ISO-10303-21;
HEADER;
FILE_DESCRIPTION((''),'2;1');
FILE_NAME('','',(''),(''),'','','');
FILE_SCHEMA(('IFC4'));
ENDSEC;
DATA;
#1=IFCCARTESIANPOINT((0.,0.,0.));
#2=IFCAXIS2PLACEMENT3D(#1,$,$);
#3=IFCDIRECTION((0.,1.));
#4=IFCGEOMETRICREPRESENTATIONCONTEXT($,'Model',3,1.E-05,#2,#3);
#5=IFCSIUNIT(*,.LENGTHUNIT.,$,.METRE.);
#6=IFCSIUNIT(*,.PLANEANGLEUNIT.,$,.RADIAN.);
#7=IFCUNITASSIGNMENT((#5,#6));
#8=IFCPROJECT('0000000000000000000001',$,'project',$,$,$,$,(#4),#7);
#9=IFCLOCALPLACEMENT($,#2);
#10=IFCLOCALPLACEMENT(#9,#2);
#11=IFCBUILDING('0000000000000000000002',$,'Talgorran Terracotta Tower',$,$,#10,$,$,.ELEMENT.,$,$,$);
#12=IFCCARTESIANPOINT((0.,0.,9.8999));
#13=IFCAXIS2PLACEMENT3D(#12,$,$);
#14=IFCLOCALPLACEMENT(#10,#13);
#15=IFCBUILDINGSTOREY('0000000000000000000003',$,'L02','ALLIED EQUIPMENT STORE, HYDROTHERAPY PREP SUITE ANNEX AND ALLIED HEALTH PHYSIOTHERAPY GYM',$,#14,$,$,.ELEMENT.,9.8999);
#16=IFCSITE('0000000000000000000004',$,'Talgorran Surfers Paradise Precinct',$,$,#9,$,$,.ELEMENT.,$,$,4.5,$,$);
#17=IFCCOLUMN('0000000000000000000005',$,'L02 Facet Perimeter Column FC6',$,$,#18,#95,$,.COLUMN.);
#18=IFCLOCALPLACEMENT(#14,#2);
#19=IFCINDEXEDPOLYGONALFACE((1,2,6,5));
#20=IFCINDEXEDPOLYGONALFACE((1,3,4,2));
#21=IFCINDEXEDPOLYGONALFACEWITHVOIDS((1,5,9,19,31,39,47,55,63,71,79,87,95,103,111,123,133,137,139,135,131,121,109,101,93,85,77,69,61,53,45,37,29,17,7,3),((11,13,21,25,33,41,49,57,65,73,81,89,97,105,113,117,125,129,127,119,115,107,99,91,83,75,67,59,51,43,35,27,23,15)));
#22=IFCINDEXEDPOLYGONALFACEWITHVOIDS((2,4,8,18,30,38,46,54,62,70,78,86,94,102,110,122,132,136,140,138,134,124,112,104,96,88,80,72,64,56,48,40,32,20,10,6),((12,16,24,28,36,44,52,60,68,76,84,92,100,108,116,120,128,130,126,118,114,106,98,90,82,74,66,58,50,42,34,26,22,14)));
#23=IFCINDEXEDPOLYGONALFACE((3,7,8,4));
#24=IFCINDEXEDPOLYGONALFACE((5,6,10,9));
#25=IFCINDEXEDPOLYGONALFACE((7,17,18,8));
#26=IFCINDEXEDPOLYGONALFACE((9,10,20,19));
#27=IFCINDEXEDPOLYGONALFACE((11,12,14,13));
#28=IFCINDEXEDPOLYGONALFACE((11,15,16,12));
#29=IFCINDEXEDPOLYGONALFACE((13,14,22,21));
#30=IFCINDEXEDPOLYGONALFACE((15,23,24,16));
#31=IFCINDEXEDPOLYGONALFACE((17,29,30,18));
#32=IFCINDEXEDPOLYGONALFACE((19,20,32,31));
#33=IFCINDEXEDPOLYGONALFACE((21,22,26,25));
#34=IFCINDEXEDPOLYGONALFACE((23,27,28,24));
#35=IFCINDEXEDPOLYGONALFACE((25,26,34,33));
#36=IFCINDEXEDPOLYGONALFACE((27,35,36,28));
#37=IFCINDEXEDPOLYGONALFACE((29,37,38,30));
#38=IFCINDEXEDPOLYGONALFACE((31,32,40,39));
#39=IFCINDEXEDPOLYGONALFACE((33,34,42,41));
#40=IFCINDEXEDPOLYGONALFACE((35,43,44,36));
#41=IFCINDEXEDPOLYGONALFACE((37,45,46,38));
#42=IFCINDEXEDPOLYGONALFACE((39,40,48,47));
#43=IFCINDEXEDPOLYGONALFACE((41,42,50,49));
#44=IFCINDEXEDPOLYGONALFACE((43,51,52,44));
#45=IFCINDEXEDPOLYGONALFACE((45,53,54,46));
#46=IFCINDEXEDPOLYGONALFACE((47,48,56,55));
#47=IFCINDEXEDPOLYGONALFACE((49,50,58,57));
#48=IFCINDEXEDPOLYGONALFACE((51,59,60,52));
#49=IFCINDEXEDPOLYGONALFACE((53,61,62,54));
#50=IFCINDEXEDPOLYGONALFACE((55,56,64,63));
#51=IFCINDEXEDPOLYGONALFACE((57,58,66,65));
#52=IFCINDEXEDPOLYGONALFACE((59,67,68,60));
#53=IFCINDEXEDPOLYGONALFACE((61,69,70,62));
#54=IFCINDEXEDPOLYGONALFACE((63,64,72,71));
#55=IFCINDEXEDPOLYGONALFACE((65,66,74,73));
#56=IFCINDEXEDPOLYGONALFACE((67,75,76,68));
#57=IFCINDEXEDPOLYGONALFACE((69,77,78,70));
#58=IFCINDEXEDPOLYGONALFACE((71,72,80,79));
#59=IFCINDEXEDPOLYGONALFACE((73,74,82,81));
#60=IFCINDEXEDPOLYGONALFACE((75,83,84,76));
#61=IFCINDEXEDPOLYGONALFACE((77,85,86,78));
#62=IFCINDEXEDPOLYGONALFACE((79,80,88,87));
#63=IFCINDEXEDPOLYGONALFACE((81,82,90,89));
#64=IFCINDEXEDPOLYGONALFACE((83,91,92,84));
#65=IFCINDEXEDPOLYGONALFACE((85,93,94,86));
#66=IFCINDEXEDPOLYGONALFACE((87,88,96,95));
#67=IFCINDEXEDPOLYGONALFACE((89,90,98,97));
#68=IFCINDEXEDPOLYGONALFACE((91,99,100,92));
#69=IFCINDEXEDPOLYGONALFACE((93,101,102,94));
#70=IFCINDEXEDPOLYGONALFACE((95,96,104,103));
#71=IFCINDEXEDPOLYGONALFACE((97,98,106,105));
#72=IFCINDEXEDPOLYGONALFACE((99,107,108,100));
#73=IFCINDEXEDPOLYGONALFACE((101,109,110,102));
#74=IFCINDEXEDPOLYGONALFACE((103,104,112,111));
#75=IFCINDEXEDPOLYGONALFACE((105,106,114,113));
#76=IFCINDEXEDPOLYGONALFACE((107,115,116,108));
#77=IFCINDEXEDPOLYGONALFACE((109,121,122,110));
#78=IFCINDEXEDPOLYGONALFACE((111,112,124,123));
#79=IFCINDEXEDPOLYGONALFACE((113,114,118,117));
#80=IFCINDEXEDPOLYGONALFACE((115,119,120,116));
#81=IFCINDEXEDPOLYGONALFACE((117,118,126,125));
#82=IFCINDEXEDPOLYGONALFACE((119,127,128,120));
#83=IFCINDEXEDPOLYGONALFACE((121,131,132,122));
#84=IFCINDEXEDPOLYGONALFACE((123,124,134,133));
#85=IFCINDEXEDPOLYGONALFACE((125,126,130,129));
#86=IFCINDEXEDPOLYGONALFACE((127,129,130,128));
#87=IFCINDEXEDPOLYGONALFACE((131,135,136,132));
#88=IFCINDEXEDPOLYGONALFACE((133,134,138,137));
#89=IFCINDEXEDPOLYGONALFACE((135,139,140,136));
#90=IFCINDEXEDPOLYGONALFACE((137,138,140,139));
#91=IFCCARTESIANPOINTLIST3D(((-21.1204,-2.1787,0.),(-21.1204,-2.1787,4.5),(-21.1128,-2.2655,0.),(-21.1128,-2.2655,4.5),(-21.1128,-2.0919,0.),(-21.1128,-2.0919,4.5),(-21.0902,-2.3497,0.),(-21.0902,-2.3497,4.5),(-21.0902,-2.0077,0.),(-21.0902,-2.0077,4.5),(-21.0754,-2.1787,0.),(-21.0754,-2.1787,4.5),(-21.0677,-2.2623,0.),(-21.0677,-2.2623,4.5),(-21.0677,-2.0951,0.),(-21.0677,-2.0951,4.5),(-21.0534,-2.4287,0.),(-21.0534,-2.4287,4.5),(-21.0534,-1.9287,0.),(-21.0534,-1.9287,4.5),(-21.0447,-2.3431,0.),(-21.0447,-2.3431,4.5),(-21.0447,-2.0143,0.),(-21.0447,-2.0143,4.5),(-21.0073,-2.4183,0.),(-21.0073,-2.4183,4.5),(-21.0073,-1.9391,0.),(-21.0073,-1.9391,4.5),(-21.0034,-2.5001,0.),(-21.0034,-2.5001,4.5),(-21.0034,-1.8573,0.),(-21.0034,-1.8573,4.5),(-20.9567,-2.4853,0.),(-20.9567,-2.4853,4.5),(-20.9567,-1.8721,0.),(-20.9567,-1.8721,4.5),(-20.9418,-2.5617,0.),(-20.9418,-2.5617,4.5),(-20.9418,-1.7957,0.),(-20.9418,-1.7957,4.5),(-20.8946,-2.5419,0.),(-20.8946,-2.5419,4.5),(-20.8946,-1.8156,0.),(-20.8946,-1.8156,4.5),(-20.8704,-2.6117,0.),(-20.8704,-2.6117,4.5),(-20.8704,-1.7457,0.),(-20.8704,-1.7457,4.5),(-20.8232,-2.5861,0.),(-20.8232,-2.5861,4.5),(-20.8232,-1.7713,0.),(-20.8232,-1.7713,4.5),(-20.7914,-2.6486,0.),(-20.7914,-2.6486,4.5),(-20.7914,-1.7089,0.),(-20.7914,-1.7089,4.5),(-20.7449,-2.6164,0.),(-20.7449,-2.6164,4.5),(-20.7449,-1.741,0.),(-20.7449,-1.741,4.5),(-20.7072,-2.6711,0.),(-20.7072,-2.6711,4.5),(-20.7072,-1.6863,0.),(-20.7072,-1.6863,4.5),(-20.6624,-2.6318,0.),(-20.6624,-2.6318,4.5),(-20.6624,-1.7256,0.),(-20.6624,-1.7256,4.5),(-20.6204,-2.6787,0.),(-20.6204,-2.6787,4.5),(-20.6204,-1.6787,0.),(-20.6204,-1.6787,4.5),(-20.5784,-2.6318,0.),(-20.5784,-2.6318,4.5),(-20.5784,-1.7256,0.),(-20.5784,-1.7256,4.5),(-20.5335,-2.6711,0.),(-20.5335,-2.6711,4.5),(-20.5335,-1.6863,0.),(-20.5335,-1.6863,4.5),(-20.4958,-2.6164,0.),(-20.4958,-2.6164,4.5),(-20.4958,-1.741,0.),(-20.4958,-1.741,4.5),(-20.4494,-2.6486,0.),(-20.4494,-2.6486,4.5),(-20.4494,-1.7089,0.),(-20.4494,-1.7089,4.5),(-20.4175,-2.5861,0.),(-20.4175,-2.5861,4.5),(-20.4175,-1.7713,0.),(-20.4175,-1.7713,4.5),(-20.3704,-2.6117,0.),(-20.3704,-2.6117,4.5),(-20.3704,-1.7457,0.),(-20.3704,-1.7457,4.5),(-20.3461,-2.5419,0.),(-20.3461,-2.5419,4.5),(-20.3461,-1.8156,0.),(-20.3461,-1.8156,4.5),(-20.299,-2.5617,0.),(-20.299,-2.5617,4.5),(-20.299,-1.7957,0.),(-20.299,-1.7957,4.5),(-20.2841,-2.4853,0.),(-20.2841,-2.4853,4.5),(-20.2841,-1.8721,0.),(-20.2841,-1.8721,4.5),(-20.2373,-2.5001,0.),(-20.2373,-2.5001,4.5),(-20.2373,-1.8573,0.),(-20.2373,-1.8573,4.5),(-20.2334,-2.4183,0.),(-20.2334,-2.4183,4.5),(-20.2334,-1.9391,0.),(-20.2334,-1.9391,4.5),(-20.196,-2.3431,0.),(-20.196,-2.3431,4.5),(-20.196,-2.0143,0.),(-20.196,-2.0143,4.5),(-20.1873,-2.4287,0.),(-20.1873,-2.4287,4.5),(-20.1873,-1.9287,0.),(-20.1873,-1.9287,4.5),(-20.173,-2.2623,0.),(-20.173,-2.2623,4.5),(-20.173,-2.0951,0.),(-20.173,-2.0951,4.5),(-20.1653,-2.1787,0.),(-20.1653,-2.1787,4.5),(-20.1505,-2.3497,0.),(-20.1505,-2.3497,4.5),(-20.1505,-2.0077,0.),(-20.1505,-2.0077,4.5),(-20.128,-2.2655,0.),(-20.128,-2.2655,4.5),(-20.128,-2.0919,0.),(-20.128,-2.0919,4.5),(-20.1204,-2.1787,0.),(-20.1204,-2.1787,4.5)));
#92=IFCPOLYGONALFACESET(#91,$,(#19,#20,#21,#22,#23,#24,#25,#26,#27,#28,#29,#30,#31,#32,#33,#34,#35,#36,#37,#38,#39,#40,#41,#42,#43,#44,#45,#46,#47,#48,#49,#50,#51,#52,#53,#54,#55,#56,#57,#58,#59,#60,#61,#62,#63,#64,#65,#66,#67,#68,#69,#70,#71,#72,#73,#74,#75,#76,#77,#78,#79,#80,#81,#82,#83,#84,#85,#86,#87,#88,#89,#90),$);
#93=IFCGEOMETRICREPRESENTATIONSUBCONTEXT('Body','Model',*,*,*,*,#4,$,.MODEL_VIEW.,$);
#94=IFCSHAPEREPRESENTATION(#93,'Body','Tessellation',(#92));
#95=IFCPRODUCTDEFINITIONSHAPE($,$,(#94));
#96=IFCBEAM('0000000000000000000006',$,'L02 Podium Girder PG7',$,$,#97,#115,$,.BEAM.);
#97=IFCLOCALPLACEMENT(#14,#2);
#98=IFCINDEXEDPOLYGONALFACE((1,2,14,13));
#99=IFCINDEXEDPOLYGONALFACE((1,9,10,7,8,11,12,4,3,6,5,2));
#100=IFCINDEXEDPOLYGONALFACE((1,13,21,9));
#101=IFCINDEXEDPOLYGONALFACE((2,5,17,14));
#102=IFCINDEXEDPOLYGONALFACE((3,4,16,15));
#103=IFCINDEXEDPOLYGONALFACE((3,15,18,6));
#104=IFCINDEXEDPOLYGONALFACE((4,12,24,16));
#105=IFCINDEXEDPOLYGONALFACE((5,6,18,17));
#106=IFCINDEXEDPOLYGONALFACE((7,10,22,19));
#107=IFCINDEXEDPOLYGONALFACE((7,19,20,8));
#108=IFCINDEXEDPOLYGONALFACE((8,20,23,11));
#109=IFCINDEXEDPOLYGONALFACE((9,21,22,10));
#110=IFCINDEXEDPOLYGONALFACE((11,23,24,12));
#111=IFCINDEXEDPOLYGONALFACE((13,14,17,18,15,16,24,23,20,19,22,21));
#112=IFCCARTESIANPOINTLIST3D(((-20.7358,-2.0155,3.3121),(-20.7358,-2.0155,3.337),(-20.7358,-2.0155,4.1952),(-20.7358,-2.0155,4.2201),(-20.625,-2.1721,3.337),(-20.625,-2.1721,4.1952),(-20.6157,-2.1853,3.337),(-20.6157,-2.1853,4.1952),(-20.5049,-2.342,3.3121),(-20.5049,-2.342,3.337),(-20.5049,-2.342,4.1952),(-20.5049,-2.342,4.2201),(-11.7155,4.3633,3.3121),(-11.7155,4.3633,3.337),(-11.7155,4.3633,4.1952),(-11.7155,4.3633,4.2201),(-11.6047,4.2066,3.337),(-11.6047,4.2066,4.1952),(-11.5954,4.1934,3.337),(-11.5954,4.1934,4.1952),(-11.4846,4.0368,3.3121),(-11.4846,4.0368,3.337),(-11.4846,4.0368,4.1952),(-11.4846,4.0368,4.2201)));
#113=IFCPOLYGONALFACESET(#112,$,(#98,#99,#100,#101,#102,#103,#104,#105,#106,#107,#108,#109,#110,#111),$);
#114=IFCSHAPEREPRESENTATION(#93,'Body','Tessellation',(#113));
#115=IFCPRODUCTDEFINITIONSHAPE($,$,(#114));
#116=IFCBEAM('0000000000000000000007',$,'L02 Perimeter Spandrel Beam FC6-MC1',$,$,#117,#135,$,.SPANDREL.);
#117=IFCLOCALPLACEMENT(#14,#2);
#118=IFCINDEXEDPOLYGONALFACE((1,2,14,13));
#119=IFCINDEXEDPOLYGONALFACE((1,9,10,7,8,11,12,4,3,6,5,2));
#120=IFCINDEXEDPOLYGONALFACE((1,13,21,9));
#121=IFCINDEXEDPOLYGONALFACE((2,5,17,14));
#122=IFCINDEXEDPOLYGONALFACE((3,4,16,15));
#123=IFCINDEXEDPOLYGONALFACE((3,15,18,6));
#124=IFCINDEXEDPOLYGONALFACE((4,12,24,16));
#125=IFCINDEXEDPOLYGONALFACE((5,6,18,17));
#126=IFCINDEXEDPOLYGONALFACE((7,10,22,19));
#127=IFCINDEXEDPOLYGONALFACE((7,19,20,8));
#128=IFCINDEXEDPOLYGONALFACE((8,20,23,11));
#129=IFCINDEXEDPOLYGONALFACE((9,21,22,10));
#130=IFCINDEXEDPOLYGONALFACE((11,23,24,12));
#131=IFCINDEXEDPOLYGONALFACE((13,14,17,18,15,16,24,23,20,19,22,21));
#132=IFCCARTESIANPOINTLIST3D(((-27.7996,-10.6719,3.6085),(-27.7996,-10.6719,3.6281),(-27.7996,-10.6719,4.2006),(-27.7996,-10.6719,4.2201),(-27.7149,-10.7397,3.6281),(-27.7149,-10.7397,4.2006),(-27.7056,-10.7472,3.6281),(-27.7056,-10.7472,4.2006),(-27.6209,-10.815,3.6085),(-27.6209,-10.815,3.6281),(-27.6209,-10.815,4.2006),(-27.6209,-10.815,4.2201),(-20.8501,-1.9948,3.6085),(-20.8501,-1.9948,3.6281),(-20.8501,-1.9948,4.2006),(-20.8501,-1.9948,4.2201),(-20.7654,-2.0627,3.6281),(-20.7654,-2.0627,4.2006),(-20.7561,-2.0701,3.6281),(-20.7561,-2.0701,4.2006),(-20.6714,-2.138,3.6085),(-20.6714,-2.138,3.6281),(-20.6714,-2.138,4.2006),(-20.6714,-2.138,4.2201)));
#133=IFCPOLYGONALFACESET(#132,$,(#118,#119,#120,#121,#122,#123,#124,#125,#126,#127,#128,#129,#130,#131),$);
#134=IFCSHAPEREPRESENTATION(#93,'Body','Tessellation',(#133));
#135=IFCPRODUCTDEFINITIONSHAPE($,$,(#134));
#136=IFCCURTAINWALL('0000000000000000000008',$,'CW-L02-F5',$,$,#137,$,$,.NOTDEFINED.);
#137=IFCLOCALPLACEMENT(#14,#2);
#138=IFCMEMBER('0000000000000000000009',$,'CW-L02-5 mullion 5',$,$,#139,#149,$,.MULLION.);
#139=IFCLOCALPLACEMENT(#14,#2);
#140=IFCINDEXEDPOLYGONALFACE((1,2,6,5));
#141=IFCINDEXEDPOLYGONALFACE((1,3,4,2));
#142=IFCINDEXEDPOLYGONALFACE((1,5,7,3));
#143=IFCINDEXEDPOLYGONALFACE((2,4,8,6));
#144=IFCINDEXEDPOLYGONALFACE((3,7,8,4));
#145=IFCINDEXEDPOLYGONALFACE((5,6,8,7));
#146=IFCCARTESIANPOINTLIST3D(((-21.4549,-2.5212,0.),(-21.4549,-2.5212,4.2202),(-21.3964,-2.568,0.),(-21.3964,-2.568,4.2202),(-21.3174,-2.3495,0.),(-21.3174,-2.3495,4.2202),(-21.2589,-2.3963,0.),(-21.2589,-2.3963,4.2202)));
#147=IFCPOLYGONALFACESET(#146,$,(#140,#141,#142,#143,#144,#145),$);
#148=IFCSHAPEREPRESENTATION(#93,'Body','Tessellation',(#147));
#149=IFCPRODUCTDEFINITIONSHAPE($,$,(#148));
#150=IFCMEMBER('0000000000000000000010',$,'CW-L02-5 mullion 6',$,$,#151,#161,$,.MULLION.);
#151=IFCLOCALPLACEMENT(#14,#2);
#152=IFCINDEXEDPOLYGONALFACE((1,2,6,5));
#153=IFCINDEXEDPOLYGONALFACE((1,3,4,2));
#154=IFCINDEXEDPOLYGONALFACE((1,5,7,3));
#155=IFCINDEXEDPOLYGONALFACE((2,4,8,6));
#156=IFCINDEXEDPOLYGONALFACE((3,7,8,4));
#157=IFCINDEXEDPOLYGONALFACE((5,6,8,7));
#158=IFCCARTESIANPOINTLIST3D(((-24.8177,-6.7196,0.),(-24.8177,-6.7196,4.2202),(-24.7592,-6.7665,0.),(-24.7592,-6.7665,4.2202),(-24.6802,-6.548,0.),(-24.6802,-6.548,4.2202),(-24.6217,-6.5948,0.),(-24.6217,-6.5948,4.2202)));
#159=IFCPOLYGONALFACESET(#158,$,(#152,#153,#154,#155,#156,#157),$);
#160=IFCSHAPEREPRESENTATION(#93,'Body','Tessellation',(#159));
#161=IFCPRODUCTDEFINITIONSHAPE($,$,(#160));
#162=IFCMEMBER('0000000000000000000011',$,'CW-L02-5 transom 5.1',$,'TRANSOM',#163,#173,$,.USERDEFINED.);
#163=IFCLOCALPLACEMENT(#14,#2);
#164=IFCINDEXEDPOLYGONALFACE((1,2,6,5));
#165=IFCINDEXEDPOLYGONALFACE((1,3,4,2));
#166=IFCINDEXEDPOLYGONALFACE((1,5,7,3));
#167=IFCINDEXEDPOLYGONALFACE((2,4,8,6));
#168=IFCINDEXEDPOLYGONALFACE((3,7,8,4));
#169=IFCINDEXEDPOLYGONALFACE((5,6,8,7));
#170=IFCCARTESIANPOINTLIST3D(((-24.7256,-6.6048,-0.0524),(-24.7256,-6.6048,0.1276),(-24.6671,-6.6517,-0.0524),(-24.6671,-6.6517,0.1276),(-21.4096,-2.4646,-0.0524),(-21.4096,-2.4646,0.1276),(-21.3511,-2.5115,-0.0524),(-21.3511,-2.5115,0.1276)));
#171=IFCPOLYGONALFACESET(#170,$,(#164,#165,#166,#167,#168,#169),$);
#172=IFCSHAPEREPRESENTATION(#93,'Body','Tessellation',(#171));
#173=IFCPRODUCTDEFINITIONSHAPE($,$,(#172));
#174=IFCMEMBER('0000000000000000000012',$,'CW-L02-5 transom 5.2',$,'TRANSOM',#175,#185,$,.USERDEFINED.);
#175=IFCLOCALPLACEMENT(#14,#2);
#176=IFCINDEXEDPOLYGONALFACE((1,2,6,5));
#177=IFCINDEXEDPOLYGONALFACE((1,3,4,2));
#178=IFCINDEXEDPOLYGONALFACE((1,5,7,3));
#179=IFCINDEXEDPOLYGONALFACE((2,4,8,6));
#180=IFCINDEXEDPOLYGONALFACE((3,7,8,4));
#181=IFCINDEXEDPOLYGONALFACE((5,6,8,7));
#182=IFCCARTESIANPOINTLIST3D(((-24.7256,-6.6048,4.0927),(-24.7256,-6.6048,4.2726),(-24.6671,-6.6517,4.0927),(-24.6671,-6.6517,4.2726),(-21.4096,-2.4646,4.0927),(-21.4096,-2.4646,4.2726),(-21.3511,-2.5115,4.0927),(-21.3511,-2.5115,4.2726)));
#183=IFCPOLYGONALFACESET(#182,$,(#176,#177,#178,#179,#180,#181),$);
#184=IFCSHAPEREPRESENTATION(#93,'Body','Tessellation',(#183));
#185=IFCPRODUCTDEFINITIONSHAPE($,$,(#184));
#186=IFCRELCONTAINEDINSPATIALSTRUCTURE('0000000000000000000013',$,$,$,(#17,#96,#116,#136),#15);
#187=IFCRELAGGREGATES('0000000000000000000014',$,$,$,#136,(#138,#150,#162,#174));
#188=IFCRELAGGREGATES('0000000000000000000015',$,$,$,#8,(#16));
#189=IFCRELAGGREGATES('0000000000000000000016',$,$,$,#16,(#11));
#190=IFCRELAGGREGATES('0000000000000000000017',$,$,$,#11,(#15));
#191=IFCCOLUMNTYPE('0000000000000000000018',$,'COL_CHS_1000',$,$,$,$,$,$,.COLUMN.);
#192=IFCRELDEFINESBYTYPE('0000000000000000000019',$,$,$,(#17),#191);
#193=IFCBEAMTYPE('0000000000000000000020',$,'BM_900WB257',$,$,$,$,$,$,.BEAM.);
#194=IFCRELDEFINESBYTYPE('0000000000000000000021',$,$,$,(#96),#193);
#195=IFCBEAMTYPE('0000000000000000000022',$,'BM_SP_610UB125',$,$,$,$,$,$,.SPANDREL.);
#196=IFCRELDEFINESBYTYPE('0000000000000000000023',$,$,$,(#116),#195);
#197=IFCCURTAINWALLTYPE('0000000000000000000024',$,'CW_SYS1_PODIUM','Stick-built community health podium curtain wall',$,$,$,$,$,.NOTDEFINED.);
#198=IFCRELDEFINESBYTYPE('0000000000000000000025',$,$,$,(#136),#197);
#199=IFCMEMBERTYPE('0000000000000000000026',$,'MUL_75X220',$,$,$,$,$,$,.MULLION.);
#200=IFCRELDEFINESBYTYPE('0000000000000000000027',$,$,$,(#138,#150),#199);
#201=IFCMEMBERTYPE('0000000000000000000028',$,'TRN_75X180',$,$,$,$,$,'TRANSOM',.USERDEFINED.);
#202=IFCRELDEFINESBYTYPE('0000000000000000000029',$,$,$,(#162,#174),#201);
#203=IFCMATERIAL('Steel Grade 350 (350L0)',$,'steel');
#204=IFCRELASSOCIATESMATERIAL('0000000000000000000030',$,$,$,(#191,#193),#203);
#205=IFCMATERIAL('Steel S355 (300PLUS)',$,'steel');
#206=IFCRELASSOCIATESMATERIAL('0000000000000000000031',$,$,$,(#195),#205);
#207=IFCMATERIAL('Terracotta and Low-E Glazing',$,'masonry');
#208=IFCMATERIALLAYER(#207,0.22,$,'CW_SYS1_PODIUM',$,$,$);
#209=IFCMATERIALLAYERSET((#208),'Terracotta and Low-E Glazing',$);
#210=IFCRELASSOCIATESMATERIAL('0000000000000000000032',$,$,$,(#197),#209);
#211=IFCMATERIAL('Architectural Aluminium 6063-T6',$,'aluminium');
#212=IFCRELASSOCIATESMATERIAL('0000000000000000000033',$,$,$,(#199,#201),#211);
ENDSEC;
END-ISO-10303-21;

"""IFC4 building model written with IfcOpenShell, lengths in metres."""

from ifc_helpers import new_model, si_unit, direction, frame, origin, origin_2d, place, context, subcontext, project, spatial, rectangle, hollow_circle, i_section, extrude, material, layer, layer_set, material_profile, profile_set, type_object, element, aggregate, save


model = new_model("IFC4")

# Units and contexts
model_context = context("Model", 3, precision=1e-05, world=origin(), true_north=direction((0.0, 1.0)))
body_context = subcontext(model_context, "Body", "Model", "MODEL_VIEW")
ifc_project = project(units=[si_unit("LENGTHUNIT", "METRE"), si_unit("PLANEANGLEUNIT", "RADIAN")], contexts=[model_context])

# Site, building, storey
site_placement = place(None, origin())
site = spatial("IfcSite", under=ifc_project, at=site_placement, Name="Talgorran Surfers Paradise Precinct", CompositionType="ELEMENT", RefElevation=4.5)
building_placement = place(site_placement, origin())
building = spatial("IfcBuilding", under=site, at=building_placement, Name="Talgorran Terracotta Tower", CompositionType="ELEMENT")
storey_placement = place(building_placement, frame((0.0, 0.0, 9.8999)))
storey = spatial("IfcBuildingStorey", under=building, at=storey_placement, Name="L02", Description="ALLIED EQUIPMENT STORE, HYDROTHERAPY PREP SUITE ANNEX AND ALLIED HEALTH PHYSIOTHERAPY GYM", CompositionType="ELEMENT", Elevation=9.8999)

# Column
ifc_material_1 = material(Name="Steel Grade 350 (350L0)", Category="steel")
ifc_material_profile_1 = material_profile(ifc_material_1, hollow_circle(Radius=0.5, WallThickness=0.0449, at=origin_2d()), Name="CHS1000X45")
ifc_profile_set_1 = profile_set([ifc_material_profile_1], Name="Steel Grade 350 (350L0)")
column_type = type_object("IfcColumnType", Name="COL_CHS_1000", PredefinedType="COLUMN", material=ifc_profile_set_1)
column_placement = place(storey_placement, frame((-20.6204, -2.1787, 0.0), z_axis=(0.0, 0.0, 1.0), x_axis=(1.0, 0.0, 0.0)))
element("IfcColumn", 1, at=column_placement, inside=storey, type_object=column_type, Name="L02 Facet Perimeter Column FC6", PredefinedType="COLUMN", context=body_context, shape_type="SweptSolid", body=[
    extrude(hollow_circle(Radius=0.5, WallThickness=0.0449, at=origin_2d()), origin(), (0.0, 0.0, 1.0), 4.5),
])

# Beams
ifc_material_profile_2 = material_profile(ifc_material_1, i_section(OverallWidth=0.3999, OverallDepth=0.908, WebThickness=0.0161, FlangeThickness=0.0249, at=origin_2d()), Name="900WB257")
ifc_profile_set_2 = profile_set([ifc_material_profile_2], Name="Steel Grade 350 (350L0)")
beam_type_1 = type_object("IfcBeamType", Name="BM_900WB257", PredefinedType="BEAM", material=ifc_profile_set_2)
beam_1_placement = place(storey_placement, frame((-20.6204, -2.1787, 3.7661), z_axis=(0.816481, 0.577373, 0.0), x_axis=(-0.577373, 0.816481, 0.0)))
element("IfcBeam", 2, at=beam_1_placement, inside=storey, type_object=beam_type_1, Name="L02 Podium Girder PG7", PredefinedType="BEAM", context=body_context, shape_type="SweptSolid", body=[
    extrude(i_section(OverallWidth=0.3999, OverallDepth=0.908, WebThickness=0.0161, FlangeThickness=0.0249, at=origin_2d()), origin(), (0.0, 0.0, 1.0), 11.0479),
])
ifc_material_2 = material(Name="Steel S355 (300PLUS)", Category="steel")
ifc_material_profile_3 = material_profile(ifc_material_2, i_section(OverallWidth=0.229, OverallDepth=0.6116, WebThickness=0.012, FlangeThickness=0.0195, at=origin_2d()), Name="610UB125")
ifc_profile_set_3 = profile_set([ifc_material_profile_3], Name="Steel S355 (300PLUS)")
beam_type_2 = type_object("IfcBeamType", Name="BM_SP_610UB125", PredefinedType="SPANDREL", material=ifc_profile_set_3)
beam_2_placement = place(storey_placement, frame((-20.7607, -2.0664, 3.9143), z_axis=(-0.625126, -0.780524, 0.0), x_axis=(0.780524, -0.625126, 0.0)))
element("IfcBeam", 3, at=beam_2_placement, inside=storey, type_object=beam_type_2, Name="L02 Perimeter Spandrel Beam FC6-MC1", PredefinedType="SPANDREL", context=body_context, shape_type="SweptSolid", body=[
    extrude(i_section(OverallWidth=0.229, OverallDepth=0.6116, WebThickness=0.012, FlangeThickness=0.0195, at=origin_2d()), origin(), (0.0, 0.0, 1.0), 11.1169),
])

# Curtain wall, members
ifc_material_3 = material(Name="Terracotta and Low-E Glazing", Category="masonry")
ifc_layer_1 = layer(ifc_material_3, 0.22, Name="CW_SYS1_PODIUM")
ifc_layer_set_1 = layer_set([ifc_layer_1], Name="Terracotta and Low-E Glazing")
curtain_wall_type = type_object("IfcCurtainWallType", Name="CW_SYS1_PODIUM", Description="Stick-built community health podium curtain wall", PredefinedType="NOTDEFINED", material=ifc_layer_set_1)
curtain_wall_placement = place(storey_placement, origin())
curtain_wall = element("IfcCurtainWall", 4, at=curtain_wall_placement, inside=storey, type_object=curtain_wall_type, Name="CW-L02-F5", PredefinedType="NOTDEFINED")
ifc_material_4 = material(Name="Architectural Aluminium 6063-T6", Category="aluminium")
ifc_material_profile_4 = material_profile(ifc_material_4, rectangle(XDim=0.075, YDim=0.22, at=origin_2d()), Name="CWM75X220")
ifc_profile_set_4 = profile_set([ifc_material_profile_4], Name="Architectural Aluminium 6063-T6")
member_type_1 = type_object("IfcMemberType", Name="MUL_75X220", PredefinedType="MULLION", material=ifc_profile_set_4)
member_1_placement = place(storey_placement, frame((-21.3569, -2.4587, 0.0), z_axis=(0.0, 0.0, 1.0), x_axis=(0.780532, -0.625116, 0.0)))
member_1 = element("IfcMember", 5, at=member_1_placement, type_object=member_type_1, Name="CW-L02-5 mullion 5", PredefinedType="MULLION", context=body_context, shape_type="SweptSolid", body=[
    extrude(rectangle(XDim=0.075, YDim=0.22, at=origin_2d()), origin(), (0.0, 0.0, 1.0), 4.2202),
])
member_2_placement = place(storey_placement, frame((-24.7197, -6.6572, 0.0), z_axis=(0.0, 0.0, 1.0), x_axis=(0.780532, -0.625116, 0.0)))
member_2 = element("IfcMember", 6, at=member_2_placement, type_object=member_type_1, Name="CW-L02-5 mullion 6", PredefinedType="MULLION", context=body_context, shape_type="SweptSolid", body=[
    extrude(rectangle(XDim=0.075, YDim=0.22, at=origin_2d()), origin(), (0.0, 0.0, 1.0), 4.2202),
])
ifc_material_profile_5 = material_profile(ifc_material_4, rectangle(XDim=0.075, YDim=0.1799, at=origin_2d()), Name="CWT75X180")
ifc_profile_set_5 = profile_set([ifc_material_profile_5], Name="Architectural Aluminium 6063-T6")
member_type_2 = type_object("IfcMemberType", Name="TRN_75X180", ElementType="TRANSOM", PredefinedType="USERDEFINED", material=ifc_profile_set_5)
member_3_placement = place(storey_placement, frame((-21.3804, -2.488, 0.0376), z_axis=(-0.625133, -0.780518, 0.0), x_axis=(0.780518, -0.625133, 0.0)))
member_3 = element("IfcMember", 7, at=member_3_placement, type_object=member_type_2, Name="CW-L02-5 transom 5.1", ObjectType="TRANSOM", PredefinedType="USERDEFINED", context=body_context, shape_type="SweptSolid", body=[
    extrude(rectangle(XDim=0.075, YDim=0.1799, at=origin_2d()), origin(), (0.0, 0.0, 1.0), 5.3044),
])
member_4_placement = place(storey_placement, frame((-21.3804, -2.488, 4.1826), z_axis=(-0.625133, -0.780518, 0.0), x_axis=(0.780518, -0.625133, 0.0)))
member_4 = element("IfcMember", 8, at=member_4_placement, type_object=member_type_2, Name="CW-L02-5 transom 5.2", ObjectType="TRANSOM", PredefinedType="USERDEFINED", context=body_context, shape_type="SweptSolid", body=[
    extrude(rectangle(XDim=0.075, YDim=0.1799, at=origin_2d()), origin(), (0.0, 0.0, 1.0), 5.3044),
])
aggregate(curtain_wall, [member_1, member_2, member_3, member_4])

save(model, "model.ifc")
